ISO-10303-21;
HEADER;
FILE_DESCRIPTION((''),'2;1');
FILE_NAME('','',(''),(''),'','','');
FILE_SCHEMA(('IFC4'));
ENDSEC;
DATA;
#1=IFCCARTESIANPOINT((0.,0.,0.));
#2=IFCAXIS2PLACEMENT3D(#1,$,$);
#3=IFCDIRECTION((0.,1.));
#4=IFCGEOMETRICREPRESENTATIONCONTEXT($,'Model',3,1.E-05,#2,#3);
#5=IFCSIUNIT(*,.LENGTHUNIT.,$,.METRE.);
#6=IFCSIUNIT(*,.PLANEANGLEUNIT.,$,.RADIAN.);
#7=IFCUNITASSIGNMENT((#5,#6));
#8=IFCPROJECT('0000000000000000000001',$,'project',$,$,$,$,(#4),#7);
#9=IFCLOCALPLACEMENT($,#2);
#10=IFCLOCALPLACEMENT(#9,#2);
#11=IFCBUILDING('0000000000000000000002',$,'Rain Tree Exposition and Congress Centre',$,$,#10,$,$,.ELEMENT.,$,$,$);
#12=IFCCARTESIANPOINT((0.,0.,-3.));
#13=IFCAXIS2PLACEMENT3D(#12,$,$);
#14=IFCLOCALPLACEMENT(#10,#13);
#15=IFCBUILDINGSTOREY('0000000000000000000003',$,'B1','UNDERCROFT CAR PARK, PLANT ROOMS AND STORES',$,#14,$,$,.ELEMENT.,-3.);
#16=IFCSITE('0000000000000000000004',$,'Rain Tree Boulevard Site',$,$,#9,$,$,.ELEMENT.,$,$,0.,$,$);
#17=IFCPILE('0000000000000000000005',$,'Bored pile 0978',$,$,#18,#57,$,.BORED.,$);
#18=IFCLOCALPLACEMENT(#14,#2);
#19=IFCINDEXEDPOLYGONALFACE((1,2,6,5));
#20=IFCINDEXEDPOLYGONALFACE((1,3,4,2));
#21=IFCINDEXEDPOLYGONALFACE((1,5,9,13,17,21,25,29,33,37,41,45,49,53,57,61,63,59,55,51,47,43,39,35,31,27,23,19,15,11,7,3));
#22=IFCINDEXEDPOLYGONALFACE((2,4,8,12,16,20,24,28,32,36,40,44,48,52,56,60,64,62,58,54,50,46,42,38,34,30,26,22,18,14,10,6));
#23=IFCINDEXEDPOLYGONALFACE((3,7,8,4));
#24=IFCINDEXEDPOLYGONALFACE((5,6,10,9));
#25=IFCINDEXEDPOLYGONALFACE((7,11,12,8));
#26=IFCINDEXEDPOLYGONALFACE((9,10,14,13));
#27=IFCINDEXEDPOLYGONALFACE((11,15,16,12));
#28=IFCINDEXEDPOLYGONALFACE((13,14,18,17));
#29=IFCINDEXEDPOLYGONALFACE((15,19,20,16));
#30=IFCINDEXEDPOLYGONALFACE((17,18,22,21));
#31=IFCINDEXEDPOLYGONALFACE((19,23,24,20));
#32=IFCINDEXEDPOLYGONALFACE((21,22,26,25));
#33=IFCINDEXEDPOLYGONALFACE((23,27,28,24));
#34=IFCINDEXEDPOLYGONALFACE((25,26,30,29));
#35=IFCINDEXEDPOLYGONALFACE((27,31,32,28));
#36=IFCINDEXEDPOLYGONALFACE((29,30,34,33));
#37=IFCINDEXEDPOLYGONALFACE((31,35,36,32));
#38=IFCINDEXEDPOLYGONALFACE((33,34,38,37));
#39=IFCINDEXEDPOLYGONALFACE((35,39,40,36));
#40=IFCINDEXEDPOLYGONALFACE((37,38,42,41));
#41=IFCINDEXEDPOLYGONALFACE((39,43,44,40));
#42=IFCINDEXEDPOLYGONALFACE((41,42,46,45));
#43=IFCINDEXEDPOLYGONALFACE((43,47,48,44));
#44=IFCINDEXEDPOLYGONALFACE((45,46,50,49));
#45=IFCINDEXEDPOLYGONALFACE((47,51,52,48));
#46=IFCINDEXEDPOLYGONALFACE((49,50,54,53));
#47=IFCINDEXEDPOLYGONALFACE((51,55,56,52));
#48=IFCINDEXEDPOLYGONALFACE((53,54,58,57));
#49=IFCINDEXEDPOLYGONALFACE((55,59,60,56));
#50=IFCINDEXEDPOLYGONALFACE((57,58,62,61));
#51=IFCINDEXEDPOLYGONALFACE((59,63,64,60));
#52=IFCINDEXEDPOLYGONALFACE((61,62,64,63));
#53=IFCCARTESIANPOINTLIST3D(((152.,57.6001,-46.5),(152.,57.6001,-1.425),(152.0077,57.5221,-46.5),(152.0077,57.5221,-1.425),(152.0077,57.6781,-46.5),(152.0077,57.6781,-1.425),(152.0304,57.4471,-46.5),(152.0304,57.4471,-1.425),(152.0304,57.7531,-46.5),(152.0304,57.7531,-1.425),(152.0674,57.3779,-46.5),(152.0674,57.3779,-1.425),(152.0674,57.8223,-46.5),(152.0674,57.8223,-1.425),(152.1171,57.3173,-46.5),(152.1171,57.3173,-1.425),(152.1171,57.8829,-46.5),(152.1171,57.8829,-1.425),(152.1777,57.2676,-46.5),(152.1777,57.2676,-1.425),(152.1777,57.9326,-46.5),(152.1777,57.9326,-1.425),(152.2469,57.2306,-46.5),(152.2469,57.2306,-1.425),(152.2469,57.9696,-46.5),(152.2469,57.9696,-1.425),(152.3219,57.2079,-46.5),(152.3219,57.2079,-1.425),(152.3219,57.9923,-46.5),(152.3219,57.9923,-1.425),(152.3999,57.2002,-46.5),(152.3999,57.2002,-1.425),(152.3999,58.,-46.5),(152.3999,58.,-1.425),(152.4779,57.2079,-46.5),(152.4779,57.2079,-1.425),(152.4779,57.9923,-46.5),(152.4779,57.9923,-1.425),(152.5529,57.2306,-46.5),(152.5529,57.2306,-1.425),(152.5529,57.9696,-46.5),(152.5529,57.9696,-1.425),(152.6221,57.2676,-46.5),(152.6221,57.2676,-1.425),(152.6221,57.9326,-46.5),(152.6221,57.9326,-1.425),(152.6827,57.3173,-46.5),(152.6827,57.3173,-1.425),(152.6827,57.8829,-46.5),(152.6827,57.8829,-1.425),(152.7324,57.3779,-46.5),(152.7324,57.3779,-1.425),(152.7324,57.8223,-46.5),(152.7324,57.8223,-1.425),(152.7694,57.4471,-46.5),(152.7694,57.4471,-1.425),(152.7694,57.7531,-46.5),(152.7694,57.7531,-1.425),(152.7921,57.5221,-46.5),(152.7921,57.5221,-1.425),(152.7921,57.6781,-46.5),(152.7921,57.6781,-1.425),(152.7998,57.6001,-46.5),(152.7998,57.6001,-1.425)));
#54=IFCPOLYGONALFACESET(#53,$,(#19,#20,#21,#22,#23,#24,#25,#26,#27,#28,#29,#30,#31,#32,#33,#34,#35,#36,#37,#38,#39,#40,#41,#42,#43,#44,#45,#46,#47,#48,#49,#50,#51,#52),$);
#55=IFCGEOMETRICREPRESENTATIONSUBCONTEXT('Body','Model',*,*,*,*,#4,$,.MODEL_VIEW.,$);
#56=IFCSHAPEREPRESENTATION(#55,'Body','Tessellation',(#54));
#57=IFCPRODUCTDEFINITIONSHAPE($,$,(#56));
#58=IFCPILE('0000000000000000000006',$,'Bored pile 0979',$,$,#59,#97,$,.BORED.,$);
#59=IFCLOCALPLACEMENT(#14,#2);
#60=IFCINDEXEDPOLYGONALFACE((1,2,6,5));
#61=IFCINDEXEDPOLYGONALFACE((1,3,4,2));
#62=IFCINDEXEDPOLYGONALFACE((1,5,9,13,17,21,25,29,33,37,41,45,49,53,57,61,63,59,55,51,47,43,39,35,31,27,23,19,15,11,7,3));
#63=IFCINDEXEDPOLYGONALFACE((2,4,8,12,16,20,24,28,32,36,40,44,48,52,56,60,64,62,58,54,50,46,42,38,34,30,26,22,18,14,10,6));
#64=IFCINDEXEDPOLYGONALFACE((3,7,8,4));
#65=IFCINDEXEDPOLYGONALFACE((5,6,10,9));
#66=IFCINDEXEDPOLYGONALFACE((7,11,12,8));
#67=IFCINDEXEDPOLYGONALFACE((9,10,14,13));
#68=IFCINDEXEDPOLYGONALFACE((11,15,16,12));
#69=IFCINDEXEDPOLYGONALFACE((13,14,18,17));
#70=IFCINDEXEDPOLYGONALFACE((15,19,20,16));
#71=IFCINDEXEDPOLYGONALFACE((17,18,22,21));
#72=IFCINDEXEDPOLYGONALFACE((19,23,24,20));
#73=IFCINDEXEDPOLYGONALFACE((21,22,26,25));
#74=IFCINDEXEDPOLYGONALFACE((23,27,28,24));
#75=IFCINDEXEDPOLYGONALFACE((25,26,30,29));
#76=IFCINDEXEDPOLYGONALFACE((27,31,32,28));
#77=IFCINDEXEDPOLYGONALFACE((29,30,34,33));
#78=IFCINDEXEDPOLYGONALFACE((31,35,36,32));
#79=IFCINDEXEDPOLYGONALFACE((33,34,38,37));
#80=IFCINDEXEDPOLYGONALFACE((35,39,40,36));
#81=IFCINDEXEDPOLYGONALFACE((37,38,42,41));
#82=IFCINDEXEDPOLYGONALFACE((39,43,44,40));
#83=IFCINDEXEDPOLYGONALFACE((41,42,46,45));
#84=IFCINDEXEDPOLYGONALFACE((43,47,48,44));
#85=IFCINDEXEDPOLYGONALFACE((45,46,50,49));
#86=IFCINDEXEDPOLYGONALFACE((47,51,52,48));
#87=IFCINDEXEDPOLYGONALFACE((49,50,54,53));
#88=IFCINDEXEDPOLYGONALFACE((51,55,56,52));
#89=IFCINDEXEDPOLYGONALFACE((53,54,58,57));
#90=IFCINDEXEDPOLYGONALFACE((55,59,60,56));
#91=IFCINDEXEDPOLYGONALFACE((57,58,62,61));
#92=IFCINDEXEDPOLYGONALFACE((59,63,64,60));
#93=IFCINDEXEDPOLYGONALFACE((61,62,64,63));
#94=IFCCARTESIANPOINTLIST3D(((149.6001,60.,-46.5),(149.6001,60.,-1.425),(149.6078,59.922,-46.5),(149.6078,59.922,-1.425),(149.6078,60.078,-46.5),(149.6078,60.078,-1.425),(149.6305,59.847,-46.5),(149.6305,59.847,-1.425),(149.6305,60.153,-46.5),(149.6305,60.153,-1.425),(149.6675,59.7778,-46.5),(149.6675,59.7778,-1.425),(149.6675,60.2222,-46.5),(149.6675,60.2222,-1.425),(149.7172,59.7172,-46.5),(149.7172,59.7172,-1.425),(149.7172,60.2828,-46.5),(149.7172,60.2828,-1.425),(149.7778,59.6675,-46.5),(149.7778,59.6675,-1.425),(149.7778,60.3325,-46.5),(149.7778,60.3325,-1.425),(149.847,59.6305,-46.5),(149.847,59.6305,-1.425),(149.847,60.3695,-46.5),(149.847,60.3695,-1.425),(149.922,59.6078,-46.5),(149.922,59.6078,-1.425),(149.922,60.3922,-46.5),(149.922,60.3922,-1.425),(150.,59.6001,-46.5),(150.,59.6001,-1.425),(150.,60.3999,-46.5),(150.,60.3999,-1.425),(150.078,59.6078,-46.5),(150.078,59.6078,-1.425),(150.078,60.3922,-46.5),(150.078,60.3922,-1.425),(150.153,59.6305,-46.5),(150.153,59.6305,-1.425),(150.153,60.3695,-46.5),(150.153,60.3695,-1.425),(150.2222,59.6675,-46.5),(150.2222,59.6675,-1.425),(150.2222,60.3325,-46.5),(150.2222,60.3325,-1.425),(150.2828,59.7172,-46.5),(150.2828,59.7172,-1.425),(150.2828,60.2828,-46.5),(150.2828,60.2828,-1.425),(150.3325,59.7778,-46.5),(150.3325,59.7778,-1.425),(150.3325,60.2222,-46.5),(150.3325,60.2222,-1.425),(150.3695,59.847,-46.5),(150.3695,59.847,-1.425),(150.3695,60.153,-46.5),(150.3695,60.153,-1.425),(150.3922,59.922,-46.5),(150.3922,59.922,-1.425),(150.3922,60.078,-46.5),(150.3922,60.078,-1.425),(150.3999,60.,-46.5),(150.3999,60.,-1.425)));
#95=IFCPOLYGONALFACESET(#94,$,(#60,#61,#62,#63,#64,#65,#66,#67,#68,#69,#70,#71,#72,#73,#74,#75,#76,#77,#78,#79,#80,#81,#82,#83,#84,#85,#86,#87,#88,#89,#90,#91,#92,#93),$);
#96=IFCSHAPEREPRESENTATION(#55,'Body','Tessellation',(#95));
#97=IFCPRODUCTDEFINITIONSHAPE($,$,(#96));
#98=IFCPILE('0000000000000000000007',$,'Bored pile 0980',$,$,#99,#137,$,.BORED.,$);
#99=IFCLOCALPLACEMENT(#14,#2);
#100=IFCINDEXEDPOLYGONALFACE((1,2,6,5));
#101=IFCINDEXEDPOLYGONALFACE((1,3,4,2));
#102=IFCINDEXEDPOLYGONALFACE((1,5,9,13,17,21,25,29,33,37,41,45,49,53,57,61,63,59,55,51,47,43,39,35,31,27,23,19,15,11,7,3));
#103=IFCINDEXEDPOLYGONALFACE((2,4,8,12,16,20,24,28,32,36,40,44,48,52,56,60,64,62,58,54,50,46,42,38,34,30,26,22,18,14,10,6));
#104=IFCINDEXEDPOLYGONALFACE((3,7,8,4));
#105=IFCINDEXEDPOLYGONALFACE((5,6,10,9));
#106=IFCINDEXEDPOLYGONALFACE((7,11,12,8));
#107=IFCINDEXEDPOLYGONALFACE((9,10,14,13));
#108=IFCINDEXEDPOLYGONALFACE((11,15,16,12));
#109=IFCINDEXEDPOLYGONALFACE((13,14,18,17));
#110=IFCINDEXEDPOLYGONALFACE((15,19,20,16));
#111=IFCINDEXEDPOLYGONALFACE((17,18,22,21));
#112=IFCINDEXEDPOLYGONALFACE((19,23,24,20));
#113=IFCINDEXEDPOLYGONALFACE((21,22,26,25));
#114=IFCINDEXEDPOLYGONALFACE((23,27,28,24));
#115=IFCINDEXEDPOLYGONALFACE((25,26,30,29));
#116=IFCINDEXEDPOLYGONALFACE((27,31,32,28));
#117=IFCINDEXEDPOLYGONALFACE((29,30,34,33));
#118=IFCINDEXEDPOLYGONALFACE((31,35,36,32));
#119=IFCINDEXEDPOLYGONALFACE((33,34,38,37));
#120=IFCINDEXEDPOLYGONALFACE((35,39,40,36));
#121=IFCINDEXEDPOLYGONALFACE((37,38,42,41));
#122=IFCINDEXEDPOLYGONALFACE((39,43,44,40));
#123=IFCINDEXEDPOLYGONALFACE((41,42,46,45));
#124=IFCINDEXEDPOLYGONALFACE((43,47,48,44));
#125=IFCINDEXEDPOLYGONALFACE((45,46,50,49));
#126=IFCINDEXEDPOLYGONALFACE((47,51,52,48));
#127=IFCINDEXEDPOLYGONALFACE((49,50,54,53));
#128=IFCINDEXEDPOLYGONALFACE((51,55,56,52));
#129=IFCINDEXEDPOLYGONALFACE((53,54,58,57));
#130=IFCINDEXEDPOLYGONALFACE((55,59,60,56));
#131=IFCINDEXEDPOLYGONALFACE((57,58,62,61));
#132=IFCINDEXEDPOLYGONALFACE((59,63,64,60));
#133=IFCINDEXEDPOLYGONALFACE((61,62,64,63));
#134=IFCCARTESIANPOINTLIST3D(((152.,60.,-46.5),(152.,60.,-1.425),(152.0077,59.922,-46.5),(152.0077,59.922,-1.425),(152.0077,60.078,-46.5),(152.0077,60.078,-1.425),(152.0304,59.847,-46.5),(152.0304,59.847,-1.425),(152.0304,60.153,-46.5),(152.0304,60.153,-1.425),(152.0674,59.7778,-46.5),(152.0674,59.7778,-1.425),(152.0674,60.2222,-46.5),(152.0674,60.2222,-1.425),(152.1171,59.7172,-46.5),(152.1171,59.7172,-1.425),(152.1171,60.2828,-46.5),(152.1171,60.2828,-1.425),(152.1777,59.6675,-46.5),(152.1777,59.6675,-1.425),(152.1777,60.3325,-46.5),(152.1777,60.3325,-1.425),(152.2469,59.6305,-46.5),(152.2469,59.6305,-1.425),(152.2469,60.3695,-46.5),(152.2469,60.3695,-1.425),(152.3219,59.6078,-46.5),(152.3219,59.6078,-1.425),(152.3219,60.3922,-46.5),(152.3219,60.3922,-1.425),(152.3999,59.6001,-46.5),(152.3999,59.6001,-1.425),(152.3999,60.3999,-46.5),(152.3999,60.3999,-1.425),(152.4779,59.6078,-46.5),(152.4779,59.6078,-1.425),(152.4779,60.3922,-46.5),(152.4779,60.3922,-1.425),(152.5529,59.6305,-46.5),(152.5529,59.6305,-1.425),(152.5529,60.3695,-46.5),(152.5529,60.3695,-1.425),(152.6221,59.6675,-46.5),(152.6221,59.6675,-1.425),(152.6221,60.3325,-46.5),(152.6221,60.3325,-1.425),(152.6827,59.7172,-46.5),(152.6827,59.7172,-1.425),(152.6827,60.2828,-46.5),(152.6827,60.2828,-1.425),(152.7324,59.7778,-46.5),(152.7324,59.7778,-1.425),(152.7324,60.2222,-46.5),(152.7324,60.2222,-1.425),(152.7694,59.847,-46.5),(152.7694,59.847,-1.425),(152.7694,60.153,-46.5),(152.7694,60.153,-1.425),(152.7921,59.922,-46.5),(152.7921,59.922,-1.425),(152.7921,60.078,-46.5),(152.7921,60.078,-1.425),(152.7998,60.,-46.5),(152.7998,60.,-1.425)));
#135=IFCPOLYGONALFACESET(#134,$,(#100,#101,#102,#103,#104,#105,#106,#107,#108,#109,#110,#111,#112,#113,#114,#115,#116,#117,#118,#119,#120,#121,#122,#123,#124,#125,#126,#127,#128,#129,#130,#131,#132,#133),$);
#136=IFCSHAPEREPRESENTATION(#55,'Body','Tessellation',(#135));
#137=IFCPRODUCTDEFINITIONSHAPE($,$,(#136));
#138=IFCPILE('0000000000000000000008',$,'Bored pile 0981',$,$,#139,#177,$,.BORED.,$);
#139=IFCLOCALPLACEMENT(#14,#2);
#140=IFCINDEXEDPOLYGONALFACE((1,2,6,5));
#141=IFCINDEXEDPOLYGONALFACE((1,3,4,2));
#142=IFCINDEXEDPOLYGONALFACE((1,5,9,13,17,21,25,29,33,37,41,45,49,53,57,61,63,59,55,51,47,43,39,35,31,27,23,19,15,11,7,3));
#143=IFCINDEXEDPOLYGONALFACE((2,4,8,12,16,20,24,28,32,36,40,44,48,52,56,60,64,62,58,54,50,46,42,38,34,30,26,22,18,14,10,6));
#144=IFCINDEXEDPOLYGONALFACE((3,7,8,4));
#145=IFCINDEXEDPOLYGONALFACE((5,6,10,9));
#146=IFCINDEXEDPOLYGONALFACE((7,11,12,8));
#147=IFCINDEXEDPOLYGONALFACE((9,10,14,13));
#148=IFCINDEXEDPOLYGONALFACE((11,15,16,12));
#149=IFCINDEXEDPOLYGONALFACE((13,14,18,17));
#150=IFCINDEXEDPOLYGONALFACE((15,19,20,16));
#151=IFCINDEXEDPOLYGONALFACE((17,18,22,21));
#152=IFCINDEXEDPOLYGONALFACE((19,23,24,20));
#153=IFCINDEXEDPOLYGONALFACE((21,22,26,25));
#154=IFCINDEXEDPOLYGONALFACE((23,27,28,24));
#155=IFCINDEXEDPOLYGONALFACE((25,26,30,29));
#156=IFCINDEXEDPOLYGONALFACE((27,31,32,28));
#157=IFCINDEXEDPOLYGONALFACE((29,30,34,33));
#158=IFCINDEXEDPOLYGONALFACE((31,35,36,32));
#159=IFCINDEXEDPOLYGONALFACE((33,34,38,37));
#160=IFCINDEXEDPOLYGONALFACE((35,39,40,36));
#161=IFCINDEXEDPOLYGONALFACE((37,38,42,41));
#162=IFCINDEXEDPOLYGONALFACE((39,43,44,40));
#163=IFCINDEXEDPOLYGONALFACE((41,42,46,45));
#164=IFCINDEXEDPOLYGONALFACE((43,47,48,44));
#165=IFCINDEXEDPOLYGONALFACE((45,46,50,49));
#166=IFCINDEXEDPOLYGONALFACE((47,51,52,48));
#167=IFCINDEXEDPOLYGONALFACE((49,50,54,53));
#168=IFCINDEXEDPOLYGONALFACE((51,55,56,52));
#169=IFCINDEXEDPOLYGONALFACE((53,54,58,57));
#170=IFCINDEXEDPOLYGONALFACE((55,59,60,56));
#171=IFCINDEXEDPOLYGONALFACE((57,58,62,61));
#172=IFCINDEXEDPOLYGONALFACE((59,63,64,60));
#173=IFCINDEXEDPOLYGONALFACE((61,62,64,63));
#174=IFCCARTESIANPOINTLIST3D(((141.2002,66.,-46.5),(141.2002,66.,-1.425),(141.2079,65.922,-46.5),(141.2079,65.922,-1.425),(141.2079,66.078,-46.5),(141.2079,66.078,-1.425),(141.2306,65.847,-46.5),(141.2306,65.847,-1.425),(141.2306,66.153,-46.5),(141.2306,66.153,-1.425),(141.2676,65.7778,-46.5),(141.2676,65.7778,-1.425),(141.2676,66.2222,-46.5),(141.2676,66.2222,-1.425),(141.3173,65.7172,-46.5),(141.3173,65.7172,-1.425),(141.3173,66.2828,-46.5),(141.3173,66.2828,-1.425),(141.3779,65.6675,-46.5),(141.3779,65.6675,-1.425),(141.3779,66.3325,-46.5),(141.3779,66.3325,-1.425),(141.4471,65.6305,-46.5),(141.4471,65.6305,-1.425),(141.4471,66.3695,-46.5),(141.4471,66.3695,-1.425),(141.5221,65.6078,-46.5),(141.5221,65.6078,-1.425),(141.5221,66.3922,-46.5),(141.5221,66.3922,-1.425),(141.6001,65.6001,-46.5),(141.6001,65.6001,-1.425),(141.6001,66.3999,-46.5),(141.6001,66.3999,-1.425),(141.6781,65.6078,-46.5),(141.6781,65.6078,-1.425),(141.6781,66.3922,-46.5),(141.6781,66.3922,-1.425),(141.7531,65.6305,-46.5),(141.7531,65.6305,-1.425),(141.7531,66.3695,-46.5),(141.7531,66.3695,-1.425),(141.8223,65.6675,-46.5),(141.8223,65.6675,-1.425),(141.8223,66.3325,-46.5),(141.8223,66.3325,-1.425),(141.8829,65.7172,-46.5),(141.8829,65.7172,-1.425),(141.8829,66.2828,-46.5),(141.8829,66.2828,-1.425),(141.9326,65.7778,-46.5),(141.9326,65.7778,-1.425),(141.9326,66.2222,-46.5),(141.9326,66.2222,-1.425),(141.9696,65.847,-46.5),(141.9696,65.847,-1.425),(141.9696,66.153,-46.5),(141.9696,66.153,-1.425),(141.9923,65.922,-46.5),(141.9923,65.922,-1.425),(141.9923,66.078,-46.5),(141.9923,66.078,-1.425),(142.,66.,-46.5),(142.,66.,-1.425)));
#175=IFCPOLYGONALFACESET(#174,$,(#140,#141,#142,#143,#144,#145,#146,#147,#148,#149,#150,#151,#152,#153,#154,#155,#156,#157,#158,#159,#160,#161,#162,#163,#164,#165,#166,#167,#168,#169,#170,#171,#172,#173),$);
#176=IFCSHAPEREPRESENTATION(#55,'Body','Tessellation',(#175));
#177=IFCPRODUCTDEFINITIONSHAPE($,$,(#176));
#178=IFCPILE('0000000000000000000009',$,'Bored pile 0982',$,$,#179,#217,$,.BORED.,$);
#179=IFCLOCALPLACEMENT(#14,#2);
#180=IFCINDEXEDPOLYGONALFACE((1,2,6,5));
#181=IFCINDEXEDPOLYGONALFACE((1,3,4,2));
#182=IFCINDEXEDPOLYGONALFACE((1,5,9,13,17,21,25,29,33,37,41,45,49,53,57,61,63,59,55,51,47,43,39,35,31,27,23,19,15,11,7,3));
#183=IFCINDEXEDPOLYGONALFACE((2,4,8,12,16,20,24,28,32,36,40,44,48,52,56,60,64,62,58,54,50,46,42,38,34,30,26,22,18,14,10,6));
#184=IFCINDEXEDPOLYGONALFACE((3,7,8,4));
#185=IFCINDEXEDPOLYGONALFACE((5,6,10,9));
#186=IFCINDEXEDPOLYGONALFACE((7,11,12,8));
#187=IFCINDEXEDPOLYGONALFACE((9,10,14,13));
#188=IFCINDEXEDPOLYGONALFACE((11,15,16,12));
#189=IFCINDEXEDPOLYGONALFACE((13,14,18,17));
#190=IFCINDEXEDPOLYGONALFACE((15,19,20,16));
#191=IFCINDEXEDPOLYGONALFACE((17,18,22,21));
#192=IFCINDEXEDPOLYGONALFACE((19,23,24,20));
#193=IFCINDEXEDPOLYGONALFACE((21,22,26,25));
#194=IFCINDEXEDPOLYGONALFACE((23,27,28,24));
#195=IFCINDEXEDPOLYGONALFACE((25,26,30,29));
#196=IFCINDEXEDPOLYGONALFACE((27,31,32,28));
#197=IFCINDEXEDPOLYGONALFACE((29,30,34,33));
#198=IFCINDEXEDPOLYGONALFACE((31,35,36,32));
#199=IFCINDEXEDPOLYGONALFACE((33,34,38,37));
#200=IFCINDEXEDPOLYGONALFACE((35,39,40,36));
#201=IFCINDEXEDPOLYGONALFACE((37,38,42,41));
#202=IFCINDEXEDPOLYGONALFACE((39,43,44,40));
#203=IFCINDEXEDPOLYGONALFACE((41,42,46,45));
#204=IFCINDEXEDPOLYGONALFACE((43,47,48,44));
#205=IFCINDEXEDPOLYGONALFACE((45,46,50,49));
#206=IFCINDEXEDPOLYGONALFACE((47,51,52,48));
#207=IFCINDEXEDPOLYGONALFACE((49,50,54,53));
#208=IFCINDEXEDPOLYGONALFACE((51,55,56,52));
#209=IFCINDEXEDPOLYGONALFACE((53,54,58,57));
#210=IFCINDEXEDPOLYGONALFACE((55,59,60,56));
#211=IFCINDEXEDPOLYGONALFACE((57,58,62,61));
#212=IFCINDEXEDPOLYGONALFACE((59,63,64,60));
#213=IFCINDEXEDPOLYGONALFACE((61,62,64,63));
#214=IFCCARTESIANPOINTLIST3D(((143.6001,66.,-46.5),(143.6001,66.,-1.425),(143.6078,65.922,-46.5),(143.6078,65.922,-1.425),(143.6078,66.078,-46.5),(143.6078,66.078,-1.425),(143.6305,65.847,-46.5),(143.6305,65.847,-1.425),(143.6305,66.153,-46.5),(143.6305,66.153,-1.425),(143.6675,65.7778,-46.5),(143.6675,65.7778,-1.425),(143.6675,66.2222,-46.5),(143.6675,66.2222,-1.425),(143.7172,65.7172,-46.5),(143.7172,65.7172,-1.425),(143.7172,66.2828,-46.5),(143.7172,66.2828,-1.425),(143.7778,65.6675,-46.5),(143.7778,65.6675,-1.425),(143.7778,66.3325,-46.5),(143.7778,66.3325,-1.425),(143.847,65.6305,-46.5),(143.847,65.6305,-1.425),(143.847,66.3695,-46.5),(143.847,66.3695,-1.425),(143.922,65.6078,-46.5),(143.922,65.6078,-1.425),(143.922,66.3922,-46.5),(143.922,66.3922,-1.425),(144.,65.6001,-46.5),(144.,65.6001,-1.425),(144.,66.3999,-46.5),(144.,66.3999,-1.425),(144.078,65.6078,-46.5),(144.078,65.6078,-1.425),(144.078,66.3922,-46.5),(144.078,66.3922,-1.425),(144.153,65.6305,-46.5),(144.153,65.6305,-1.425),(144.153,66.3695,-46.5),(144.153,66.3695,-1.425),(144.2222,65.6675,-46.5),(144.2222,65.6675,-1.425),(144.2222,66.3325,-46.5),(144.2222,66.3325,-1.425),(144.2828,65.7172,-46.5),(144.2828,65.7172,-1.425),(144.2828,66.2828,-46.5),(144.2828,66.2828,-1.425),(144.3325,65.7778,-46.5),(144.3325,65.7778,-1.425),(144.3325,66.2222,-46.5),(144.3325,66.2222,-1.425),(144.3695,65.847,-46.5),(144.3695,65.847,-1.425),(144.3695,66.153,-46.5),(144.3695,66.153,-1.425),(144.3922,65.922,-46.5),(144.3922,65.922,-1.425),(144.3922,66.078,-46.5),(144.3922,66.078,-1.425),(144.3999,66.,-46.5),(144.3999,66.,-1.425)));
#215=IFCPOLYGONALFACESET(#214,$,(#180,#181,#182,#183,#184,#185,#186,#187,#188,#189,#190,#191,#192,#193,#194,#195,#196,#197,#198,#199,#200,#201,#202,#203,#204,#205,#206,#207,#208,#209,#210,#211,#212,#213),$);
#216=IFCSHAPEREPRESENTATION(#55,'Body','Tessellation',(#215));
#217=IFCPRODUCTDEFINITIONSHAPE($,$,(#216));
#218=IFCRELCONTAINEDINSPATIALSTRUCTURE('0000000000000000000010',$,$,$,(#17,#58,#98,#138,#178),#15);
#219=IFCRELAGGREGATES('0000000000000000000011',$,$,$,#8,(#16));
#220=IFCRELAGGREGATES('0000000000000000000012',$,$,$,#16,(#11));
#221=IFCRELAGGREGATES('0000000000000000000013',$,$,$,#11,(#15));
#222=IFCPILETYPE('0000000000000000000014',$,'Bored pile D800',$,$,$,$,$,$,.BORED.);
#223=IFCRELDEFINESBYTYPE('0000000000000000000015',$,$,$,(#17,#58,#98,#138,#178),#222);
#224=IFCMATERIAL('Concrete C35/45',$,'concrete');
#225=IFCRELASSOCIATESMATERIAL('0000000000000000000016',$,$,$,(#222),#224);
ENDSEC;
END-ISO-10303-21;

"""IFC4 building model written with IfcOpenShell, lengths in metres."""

from ifc_helpers import new_model, si_unit, direction, frame, origin, origin_2d, place, context, subcontext, project, spatial, circle, extrude, material, material_profile, profile_set, type_object, element, save


model = new_model("IFC4")

# Units and contexts
model_context = context("Model", 3, precision=1e-05, world=origin(), true_north=direction((0.0, 1.0)))
body_context = subcontext(model_context, "Body", "Model", "MODEL_VIEW")
ifc_project = project(units=[si_unit("LENGTHUNIT", "METRE"), si_unit("PLANEANGLEUNIT", "RADIAN")], contexts=[model_context])

# Site, building, storey
site_placement = place(None, origin())
site = spatial("IfcSite", under=ifc_project, at=site_placement, Name="Rain Tree Boulevard Site", CompositionType="ELEMENT", RefElevation=0.0)
building_placement = place(site_placement, origin())
building = spatial("IfcBuilding", under=site, at=building_placement, Name="Rain Tree Exposition and Congress Centre", CompositionType="ELEMENT")
storey_placement = place(building_placement, frame((0.0, 0.0, -3.0)))
storey = spatial("IfcBuildingStorey", under=building, at=storey_placement, Name="B1", Description="UNDERCROFT CAR PARK, PLANT ROOMS AND STORES", CompositionType="ELEMENT", Elevation=-3.0)

# Piles
ifc_material_1 = material(Name="Concrete C35/45", Category="concrete")
ifc_material_profile_1 = material_profile(ifc_material_1, circle(Radius=0.3999, at=origin_2d()), Name="D800")
ifc_profile_set_1 = profile_set([ifc_material_profile_1], Name="Concrete C35/45")
pile_type = type_object("IfcPileType", Name="Bored pile D800", PredefinedType="BORED", material=ifc_profile_set_1)
for number, where, z_axis, x_axis, name in (
    (1, (152.3999, 57.6001, -1.425), (0.0, 0.0, -1.0), (1.0, 0.0, 0.0), "Bored pile 0978"),
    (2, (150.0, 60.0, -1.425), (0.0, 0.0, -1.0), (1.0, 0.0, 0.0), "Bored pile 0979"),
    (3, (152.3999, 60.0, -1.425), (0.0, 0.0, -1.0), (1.0, 0.0, 0.0), "Bored pile 0980"),
    (4, (141.6001, 66.0, -1.425), (0.0, 0.0, -1.0), (1.0, 0.0, 0.0), "Bored pile 0981"),
    (5, (144.0, 66.0, -1.425), (0.0, 0.0, -1.0), (1.0, 0.0, 0.0), "Bored pile 0982"),
):
    element("IfcPile", number, at=place(storey_placement, frame(where, z_axis=z_axis, x_axis=x_axis)), inside=storey, type_object=pile_type, Name=name, PredefinedType="BORED", context=body_context, shape_type="SweptSolid", body=[
        extrude(circle(Radius=0.3999, at=origin_2d()), origin(), (0.0, 0.0, 1.0), 45.075),
    ])

save(model, "model.ifc")
